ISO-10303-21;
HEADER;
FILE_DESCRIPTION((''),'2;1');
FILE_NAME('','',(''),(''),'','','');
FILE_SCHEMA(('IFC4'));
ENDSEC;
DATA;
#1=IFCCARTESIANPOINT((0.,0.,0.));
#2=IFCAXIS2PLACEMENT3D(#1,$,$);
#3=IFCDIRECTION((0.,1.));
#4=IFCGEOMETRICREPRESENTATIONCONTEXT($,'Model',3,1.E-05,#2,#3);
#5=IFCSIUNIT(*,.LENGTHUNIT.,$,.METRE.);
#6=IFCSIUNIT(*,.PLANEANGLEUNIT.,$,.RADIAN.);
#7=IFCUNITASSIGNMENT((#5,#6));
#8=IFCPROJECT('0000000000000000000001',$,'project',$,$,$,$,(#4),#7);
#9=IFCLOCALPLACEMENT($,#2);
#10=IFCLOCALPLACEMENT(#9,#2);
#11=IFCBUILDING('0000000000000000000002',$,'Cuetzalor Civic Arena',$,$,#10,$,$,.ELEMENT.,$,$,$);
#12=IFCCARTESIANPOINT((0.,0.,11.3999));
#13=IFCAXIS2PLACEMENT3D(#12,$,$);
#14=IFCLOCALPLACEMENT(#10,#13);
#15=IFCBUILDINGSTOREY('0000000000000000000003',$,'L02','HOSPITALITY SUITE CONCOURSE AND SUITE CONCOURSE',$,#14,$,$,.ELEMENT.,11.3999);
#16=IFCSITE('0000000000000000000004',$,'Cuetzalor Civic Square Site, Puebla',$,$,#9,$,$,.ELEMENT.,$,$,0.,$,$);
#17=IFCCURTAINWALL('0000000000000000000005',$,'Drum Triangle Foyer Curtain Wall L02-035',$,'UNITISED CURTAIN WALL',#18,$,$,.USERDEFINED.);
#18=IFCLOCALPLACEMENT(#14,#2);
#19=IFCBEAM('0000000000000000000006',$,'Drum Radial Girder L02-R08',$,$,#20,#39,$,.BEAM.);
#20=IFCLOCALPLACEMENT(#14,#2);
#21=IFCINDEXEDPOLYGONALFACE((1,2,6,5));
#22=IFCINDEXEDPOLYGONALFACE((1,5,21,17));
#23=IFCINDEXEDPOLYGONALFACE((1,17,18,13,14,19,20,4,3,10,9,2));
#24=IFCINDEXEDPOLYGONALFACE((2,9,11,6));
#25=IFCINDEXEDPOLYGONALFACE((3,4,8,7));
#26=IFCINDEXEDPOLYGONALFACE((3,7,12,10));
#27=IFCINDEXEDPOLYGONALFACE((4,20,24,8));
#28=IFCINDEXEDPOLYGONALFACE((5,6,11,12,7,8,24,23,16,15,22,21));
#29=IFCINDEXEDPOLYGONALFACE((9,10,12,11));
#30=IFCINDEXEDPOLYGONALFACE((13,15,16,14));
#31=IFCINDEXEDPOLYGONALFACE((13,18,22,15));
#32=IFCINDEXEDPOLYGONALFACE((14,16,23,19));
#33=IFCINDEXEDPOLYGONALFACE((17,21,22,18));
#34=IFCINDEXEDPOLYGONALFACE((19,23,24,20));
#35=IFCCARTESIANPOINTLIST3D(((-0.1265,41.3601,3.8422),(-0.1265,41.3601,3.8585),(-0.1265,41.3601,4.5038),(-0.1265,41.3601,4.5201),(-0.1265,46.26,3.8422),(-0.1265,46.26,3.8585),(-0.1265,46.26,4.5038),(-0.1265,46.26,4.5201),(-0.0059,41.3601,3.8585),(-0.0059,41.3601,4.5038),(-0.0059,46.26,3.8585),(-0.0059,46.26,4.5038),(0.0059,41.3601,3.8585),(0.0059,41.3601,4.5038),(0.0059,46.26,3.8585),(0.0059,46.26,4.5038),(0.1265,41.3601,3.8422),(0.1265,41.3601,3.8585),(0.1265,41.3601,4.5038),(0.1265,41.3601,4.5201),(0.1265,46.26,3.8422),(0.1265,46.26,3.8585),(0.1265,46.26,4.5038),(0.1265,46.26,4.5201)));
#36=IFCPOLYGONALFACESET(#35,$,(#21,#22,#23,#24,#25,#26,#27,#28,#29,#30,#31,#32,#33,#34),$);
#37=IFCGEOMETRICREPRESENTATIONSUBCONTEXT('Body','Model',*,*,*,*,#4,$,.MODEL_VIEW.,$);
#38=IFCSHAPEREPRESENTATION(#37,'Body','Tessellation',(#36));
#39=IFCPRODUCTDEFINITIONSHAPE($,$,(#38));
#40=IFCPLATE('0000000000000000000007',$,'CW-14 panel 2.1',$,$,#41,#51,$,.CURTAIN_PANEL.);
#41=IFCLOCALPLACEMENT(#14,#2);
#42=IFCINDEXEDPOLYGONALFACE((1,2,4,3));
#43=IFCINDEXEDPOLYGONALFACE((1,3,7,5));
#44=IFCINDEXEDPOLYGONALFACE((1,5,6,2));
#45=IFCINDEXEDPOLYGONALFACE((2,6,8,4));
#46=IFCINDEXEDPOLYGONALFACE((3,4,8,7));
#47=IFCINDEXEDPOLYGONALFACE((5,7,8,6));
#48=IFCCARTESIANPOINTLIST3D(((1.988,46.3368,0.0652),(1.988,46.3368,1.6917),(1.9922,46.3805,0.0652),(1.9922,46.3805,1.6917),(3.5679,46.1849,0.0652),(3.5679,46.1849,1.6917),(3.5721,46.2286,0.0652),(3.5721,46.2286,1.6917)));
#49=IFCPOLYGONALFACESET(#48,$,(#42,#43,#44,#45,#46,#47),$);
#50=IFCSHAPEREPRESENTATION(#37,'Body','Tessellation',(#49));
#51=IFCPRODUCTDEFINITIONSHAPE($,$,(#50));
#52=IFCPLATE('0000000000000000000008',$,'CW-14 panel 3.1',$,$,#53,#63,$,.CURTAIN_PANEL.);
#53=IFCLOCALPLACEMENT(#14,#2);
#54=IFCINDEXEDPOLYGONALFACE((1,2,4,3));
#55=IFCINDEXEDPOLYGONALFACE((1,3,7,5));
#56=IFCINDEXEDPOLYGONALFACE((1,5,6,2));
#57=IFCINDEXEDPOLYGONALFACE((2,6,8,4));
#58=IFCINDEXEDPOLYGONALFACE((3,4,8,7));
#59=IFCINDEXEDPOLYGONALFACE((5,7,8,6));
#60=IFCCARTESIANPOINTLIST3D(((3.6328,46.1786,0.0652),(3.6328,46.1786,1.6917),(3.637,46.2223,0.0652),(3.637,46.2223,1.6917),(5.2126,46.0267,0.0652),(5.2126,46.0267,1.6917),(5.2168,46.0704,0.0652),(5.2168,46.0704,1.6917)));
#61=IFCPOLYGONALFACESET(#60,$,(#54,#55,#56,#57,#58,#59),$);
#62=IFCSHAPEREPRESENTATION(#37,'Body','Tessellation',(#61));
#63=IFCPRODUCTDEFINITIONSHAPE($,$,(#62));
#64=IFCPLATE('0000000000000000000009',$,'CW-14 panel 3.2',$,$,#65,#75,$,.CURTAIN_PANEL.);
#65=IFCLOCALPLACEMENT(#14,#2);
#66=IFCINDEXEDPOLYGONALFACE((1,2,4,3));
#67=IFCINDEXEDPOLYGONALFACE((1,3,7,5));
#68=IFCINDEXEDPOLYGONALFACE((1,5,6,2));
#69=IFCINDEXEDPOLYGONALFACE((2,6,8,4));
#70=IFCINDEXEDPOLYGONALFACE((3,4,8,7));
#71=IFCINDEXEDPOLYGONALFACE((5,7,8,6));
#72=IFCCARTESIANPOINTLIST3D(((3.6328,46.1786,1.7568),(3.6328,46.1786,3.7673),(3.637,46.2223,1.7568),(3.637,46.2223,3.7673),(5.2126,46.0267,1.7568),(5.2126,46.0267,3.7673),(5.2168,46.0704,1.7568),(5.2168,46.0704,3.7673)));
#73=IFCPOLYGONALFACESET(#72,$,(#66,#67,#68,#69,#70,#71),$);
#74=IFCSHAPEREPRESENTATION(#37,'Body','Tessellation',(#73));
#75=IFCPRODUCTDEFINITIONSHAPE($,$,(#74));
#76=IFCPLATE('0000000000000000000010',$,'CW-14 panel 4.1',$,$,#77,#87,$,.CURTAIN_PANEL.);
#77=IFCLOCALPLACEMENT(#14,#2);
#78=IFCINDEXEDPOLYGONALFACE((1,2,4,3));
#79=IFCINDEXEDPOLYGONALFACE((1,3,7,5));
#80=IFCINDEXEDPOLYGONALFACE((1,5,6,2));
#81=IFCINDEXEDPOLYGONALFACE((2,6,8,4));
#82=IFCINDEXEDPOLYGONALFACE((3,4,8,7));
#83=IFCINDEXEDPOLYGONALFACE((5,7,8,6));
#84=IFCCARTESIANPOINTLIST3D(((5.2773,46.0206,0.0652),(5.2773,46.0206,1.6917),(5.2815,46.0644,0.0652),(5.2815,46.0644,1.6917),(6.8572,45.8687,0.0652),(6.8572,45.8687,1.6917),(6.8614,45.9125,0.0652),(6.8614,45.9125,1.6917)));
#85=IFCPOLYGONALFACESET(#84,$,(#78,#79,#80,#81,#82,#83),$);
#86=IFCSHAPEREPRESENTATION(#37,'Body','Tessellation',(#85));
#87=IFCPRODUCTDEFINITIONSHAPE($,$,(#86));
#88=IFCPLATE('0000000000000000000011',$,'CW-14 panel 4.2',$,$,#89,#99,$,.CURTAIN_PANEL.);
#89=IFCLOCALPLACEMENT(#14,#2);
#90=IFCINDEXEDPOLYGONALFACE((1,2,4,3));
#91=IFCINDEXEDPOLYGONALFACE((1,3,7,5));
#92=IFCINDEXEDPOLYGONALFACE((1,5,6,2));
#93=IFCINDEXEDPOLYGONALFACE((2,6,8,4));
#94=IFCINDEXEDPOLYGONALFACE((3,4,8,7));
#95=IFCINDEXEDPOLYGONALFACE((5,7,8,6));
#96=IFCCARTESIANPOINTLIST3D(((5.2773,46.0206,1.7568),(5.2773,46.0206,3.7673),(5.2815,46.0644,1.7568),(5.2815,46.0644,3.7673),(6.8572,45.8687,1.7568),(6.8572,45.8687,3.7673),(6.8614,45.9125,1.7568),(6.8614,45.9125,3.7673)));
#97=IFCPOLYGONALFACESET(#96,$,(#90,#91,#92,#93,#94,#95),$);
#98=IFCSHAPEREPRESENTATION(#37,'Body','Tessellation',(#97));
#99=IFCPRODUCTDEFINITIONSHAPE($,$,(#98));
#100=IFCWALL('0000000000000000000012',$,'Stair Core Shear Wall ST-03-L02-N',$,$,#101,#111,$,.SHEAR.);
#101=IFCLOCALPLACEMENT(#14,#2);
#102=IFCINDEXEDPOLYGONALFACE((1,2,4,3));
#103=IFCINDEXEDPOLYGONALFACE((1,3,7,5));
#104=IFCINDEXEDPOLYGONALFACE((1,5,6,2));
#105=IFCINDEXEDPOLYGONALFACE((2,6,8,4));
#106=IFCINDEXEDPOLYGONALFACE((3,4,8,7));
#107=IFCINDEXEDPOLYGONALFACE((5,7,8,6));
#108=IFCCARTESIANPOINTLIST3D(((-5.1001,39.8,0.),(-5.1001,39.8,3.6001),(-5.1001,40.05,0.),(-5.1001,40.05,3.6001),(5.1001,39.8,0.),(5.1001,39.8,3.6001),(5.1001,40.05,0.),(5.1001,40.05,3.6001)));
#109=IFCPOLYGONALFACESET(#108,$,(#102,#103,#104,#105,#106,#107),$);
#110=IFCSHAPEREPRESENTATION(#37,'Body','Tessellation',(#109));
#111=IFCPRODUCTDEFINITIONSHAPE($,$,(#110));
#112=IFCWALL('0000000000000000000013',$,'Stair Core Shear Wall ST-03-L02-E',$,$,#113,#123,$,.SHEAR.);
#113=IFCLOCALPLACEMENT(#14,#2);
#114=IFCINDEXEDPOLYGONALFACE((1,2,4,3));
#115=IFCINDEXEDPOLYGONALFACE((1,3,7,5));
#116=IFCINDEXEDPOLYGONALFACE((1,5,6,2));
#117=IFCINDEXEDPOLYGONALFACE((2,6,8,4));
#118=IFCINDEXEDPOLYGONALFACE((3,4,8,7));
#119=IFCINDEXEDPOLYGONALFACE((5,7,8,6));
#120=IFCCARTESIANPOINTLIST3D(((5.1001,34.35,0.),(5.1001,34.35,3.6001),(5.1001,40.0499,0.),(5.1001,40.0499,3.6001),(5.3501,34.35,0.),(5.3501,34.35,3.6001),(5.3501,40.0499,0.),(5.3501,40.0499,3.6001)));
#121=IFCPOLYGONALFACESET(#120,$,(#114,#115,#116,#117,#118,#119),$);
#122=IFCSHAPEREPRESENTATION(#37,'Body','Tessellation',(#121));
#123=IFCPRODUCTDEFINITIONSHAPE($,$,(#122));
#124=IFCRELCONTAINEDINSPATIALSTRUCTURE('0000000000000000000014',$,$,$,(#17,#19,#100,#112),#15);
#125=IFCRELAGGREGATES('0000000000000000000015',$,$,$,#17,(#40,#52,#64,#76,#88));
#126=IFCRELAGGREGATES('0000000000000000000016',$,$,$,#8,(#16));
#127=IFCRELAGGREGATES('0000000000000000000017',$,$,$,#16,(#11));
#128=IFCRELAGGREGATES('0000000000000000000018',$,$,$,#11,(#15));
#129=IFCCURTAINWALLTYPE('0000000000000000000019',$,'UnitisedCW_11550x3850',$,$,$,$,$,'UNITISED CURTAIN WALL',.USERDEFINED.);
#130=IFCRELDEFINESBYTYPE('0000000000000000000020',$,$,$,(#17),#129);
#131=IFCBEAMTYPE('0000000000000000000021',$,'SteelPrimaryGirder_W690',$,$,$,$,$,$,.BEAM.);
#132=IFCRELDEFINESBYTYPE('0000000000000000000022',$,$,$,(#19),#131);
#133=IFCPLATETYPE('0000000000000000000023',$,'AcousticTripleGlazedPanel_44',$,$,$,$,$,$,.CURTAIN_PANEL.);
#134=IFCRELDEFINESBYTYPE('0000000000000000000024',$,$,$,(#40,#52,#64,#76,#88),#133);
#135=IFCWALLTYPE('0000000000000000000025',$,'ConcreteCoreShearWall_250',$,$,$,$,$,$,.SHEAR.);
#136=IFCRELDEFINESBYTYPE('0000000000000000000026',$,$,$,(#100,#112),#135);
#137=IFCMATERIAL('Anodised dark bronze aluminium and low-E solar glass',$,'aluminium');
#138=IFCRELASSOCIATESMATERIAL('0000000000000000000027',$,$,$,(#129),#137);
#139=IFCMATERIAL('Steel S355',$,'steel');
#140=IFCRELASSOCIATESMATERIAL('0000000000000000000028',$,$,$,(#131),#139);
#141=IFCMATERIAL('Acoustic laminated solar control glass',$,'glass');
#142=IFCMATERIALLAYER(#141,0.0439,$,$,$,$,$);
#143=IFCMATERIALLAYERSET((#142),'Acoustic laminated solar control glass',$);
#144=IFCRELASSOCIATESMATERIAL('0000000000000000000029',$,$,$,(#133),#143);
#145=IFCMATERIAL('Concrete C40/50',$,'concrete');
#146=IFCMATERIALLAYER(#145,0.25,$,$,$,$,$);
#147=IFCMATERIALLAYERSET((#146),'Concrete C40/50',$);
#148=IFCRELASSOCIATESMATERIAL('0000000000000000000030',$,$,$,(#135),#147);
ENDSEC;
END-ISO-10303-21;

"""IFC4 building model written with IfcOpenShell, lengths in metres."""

from ifc_helpers import new_model, si_unit, direction, frame, frame_2d, origin, origin_2d, place, context, subcontext, project, spatial, rectangle, i_section, extrude, material, layer, layer_set, material_profile, profile_set, type_object, element, aggregate, save


model = new_model("IFC4")

# Units and contexts
model_context = context("Model", 3, precision=1e-05, world=origin(), true_north=direction((0.0, 1.0)))
body_context = subcontext(model_context, "Body", "Model", "MODEL_VIEW")
ifc_project = project(units=[si_unit("LENGTHUNIT", "METRE"), si_unit("PLANEANGLEUNIT", "RADIAN")], contexts=[model_context])

# Site, building, storey
site_placement = place(None, origin())
site = spatial("IfcSite", under=ifc_project, at=site_placement, Name="Cuetzalor Civic Square Site, Puebla", CompositionType="ELEMENT", RefElevation=0.0)
building_placement = place(site_placement, origin())
building = spatial("IfcBuilding", under=site, at=building_placement, Name="Cuetzalor Civic Arena", CompositionType="ELEMENT")
storey_placement = place(building_placement, frame((0.0, 0.0, 11.3999)))
storey = spatial("IfcBuildingStorey", under=building, at=storey_placement, Name="L02", Description="HOSPITALITY SUITE CONCOURSE AND SUITE CONCOURSE", CompositionType="ELEMENT", Elevation=11.3999)

# Curtain wall
ifc_material_1 = material(Name="Anodised dark bronze aluminium and low-E solar glass", Category="aluminium")
curtain_wall_type = type_object("IfcCurtainWallType", Name="UnitisedCW_11550x3850", ElementType="UNITISED CURTAIN WALL", PredefinedType="USERDEFINED", material=ifc_material_1)
curtain_wall_placement = place(storey_placement, origin())
curtain_wall = element("IfcCurtainWall", 1, at=curtain_wall_placement, inside=storey, type_object=curtain_wall_type, Name="Drum Triangle Foyer Curtain Wall L02-035", ObjectType="UNITISED CURTAIN WALL", PredefinedType="USERDEFINED")

# Beam
ifc_material_2 = material(Name="Steel S355", Category="steel")
ifc_material_profile_1 = material_profile(ifc_material_2, i_section(OverallWidth=0.2529, OverallDepth=0.678, WebThickness=0.0117, FlangeThickness=0.0164, at=origin_2d()), Name="W690x125")
ifc_profile_set_1 = profile_set([ifc_material_profile_1], Name="Steel S355")
beam_type_1 = type_object("IfcBeamType", Name="SteelPrimaryGirder_W690", PredefinedType="BEAM", material=ifc_profile_set_1)
beam_1_placement = place(storey_placement, frame((0.0, 41.3601, 4.1812), z_axis=(0.0, 1.0, 0.0), x_axis=(-1.0, 0.0, 0.0)))
element("IfcBeam", 2, at=beam_1_placement, inside=storey, type_object=beam_type_1, Name="Drum Radial Girder L02-R08", PredefinedType="BEAM", context=body_context, shape_type="SweptSolid", body=[
    extrude(i_section(OverallWidth=0.2529, OverallDepth=0.678, WebThickness=0.0117, FlangeThickness=0.0164, at=origin_2d()), origin(), (0.0, 0.0, 1.0), 4.8999),
])

# Plates
ifc_material_3 = material(Name="Acoustic laminated solar control glass", Category="glass")
ifc_layer_1 = layer(ifc_material_3, 0.0439)
ifc_layer_set_1 = layer_set([ifc_layer_1], Name="Acoustic laminated solar control glass")
plate_type = type_object("IfcPlateType", Name="AcousticTripleGlazedPanel_44", PredefinedType="CURTAIN_PANEL", material=ifc_layer_set_1)
plate_1_placement = place(storey_placement, frame((2.78, 46.2827, 0.0652), z_axis=(0.0, 0.0, 1.0), x_axis=(0.995409, -0.095711, 0.0)))
plate_1 = element("IfcPlate", 3, at=plate_1_placement, type_object=plate_type, Name="CW-14 panel 2.1", PredefinedType="CURTAIN_PANEL", context=body_context, shape_type="SweptSolid", body=[
    extrude(rectangle(XDim=1.5872, YDim=0.0439, at=origin_2d()), origin(), (0.0, 0.0, 1.0), 1.6265),
])
plate_2_placement = place(storey_placement, frame((4.4248, 46.1245, 0.0652), z_axis=(0.0, 0.0, 1.0), x_axis=(0.995409, -0.095711, 0.0)))
plate_2 = element("IfcPlate", 4, at=plate_2_placement, type_object=plate_type, Name="CW-14 panel 3.1", PredefinedType="CURTAIN_PANEL", context=body_context, shape_type="SweptSolid", body=[
    extrude(rectangle(XDim=1.5872, YDim=0.0439, at=origin_2d()), origin(), (0.0, 0.0, 1.0), 1.6265),
])
plate_3_placement = place(storey_placement, frame((4.4248, 46.1245, 1.7568), z_axis=(0.0, 0.0, 1.0), x_axis=(0.995409, -0.095711, 0.0)))
plate_3 = element("IfcPlate", 5, at=plate_3_placement, type_object=plate_type, Name="CW-14 panel 3.2", PredefinedType="CURTAIN_PANEL", context=body_context, shape_type="SweptSolid", body=[
    extrude(rectangle(XDim=1.5872, YDim=0.0439, at=origin_2d()), origin(), (0.0, 0.0, 1.0), 2.0105),
])
plate_4_placement = place(storey_placement, frame((6.0693, 45.9666, 0.0652), z_axis=(0.0, 0.0, 1.0), x_axis=(0.995409, -0.095711, 0.0)))
plate_4 = element("IfcPlate", 6, at=plate_4_placement, type_object=plate_type, Name="CW-14 panel 4.1", PredefinedType="CURTAIN_PANEL", context=body_context, shape_type="SweptSolid", body=[
    extrude(rectangle(XDim=1.5872, YDim=0.0439, at=origin_2d()), origin(), (0.0, 0.0, 1.0), 1.6265),
])
plate_5_placement = place(storey_placement, frame((6.0693, 45.9666, 1.7568), z_axis=(0.0, 0.0, 1.0), x_axis=(0.995409, -0.095711, 0.0)))
plate_5 = element("IfcPlate", 7, at=plate_5_placement, type_object=plate_type, Name="CW-14 panel 4.2", PredefinedType="CURTAIN_PANEL", context=body_context, shape_type="SweptSolid", body=[
    extrude(rectangle(XDim=1.5872, YDim=0.0439, at=origin_2d()), origin(), (0.0, 0.0, 1.0), 2.0105),
])
aggregate(curtain_wall, [plate_1, plate_2, plate_3, plate_4, plate_5])

# Walls
ifc_material_4 = material(Name="Concrete C40/50", Category="concrete")
ifc_layer_2 = layer(ifc_material_4, 0.25)
ifc_layer_set_2 = layer_set([ifc_layer_2], Name="Concrete C40/50")
wall_type = type_object("IfcWallType", Name="ConcreteCoreShearWall_250", PredefinedType="SHEAR", material=ifc_layer_set_2)
wall_1_placement = place(storey_placement, frame((-5.1001, 39.925, 0.0), z_axis=(0.0, 0.0, 1.0), x_axis=(1.0, 0.0, 0.0)))
element("IfcWall", 8, at=wall_1_placement, inside=storey, type_object=wall_type, Name="Stair Core Shear Wall ST-03-L02-N", PredefinedType="SHEAR", context=body_context, shape_type="SweptSolid", body=[
    extrude(rectangle(XDim=10.2002, YDim=0.25, at=frame_2d((5.1001, 0.0))), origin(), (0.0, 0.0, 1.0), 3.6001),
])
wall_2_placement = place(storey_placement, frame((5.2251, 40.05, 0.0), z_axis=(0.0, 0.0, 1.0), x_axis=(0.0, -1.0, 0.0)))
element("IfcWall", 9, at=wall_2_placement, inside=storey, type_object=wall_type, Name="Stair Core Shear Wall ST-03-L02-E", PredefinedType="SHEAR", context=body_context, shape_type="SweptSolid", body=[
    extrude(rectangle(XDim=5.7, YDim=0.25, at=frame_2d((2.8501, 0.0))), origin(), (0.0, 0.0, 1.0), 3.6001),
])

save(model, "model.ifc")
